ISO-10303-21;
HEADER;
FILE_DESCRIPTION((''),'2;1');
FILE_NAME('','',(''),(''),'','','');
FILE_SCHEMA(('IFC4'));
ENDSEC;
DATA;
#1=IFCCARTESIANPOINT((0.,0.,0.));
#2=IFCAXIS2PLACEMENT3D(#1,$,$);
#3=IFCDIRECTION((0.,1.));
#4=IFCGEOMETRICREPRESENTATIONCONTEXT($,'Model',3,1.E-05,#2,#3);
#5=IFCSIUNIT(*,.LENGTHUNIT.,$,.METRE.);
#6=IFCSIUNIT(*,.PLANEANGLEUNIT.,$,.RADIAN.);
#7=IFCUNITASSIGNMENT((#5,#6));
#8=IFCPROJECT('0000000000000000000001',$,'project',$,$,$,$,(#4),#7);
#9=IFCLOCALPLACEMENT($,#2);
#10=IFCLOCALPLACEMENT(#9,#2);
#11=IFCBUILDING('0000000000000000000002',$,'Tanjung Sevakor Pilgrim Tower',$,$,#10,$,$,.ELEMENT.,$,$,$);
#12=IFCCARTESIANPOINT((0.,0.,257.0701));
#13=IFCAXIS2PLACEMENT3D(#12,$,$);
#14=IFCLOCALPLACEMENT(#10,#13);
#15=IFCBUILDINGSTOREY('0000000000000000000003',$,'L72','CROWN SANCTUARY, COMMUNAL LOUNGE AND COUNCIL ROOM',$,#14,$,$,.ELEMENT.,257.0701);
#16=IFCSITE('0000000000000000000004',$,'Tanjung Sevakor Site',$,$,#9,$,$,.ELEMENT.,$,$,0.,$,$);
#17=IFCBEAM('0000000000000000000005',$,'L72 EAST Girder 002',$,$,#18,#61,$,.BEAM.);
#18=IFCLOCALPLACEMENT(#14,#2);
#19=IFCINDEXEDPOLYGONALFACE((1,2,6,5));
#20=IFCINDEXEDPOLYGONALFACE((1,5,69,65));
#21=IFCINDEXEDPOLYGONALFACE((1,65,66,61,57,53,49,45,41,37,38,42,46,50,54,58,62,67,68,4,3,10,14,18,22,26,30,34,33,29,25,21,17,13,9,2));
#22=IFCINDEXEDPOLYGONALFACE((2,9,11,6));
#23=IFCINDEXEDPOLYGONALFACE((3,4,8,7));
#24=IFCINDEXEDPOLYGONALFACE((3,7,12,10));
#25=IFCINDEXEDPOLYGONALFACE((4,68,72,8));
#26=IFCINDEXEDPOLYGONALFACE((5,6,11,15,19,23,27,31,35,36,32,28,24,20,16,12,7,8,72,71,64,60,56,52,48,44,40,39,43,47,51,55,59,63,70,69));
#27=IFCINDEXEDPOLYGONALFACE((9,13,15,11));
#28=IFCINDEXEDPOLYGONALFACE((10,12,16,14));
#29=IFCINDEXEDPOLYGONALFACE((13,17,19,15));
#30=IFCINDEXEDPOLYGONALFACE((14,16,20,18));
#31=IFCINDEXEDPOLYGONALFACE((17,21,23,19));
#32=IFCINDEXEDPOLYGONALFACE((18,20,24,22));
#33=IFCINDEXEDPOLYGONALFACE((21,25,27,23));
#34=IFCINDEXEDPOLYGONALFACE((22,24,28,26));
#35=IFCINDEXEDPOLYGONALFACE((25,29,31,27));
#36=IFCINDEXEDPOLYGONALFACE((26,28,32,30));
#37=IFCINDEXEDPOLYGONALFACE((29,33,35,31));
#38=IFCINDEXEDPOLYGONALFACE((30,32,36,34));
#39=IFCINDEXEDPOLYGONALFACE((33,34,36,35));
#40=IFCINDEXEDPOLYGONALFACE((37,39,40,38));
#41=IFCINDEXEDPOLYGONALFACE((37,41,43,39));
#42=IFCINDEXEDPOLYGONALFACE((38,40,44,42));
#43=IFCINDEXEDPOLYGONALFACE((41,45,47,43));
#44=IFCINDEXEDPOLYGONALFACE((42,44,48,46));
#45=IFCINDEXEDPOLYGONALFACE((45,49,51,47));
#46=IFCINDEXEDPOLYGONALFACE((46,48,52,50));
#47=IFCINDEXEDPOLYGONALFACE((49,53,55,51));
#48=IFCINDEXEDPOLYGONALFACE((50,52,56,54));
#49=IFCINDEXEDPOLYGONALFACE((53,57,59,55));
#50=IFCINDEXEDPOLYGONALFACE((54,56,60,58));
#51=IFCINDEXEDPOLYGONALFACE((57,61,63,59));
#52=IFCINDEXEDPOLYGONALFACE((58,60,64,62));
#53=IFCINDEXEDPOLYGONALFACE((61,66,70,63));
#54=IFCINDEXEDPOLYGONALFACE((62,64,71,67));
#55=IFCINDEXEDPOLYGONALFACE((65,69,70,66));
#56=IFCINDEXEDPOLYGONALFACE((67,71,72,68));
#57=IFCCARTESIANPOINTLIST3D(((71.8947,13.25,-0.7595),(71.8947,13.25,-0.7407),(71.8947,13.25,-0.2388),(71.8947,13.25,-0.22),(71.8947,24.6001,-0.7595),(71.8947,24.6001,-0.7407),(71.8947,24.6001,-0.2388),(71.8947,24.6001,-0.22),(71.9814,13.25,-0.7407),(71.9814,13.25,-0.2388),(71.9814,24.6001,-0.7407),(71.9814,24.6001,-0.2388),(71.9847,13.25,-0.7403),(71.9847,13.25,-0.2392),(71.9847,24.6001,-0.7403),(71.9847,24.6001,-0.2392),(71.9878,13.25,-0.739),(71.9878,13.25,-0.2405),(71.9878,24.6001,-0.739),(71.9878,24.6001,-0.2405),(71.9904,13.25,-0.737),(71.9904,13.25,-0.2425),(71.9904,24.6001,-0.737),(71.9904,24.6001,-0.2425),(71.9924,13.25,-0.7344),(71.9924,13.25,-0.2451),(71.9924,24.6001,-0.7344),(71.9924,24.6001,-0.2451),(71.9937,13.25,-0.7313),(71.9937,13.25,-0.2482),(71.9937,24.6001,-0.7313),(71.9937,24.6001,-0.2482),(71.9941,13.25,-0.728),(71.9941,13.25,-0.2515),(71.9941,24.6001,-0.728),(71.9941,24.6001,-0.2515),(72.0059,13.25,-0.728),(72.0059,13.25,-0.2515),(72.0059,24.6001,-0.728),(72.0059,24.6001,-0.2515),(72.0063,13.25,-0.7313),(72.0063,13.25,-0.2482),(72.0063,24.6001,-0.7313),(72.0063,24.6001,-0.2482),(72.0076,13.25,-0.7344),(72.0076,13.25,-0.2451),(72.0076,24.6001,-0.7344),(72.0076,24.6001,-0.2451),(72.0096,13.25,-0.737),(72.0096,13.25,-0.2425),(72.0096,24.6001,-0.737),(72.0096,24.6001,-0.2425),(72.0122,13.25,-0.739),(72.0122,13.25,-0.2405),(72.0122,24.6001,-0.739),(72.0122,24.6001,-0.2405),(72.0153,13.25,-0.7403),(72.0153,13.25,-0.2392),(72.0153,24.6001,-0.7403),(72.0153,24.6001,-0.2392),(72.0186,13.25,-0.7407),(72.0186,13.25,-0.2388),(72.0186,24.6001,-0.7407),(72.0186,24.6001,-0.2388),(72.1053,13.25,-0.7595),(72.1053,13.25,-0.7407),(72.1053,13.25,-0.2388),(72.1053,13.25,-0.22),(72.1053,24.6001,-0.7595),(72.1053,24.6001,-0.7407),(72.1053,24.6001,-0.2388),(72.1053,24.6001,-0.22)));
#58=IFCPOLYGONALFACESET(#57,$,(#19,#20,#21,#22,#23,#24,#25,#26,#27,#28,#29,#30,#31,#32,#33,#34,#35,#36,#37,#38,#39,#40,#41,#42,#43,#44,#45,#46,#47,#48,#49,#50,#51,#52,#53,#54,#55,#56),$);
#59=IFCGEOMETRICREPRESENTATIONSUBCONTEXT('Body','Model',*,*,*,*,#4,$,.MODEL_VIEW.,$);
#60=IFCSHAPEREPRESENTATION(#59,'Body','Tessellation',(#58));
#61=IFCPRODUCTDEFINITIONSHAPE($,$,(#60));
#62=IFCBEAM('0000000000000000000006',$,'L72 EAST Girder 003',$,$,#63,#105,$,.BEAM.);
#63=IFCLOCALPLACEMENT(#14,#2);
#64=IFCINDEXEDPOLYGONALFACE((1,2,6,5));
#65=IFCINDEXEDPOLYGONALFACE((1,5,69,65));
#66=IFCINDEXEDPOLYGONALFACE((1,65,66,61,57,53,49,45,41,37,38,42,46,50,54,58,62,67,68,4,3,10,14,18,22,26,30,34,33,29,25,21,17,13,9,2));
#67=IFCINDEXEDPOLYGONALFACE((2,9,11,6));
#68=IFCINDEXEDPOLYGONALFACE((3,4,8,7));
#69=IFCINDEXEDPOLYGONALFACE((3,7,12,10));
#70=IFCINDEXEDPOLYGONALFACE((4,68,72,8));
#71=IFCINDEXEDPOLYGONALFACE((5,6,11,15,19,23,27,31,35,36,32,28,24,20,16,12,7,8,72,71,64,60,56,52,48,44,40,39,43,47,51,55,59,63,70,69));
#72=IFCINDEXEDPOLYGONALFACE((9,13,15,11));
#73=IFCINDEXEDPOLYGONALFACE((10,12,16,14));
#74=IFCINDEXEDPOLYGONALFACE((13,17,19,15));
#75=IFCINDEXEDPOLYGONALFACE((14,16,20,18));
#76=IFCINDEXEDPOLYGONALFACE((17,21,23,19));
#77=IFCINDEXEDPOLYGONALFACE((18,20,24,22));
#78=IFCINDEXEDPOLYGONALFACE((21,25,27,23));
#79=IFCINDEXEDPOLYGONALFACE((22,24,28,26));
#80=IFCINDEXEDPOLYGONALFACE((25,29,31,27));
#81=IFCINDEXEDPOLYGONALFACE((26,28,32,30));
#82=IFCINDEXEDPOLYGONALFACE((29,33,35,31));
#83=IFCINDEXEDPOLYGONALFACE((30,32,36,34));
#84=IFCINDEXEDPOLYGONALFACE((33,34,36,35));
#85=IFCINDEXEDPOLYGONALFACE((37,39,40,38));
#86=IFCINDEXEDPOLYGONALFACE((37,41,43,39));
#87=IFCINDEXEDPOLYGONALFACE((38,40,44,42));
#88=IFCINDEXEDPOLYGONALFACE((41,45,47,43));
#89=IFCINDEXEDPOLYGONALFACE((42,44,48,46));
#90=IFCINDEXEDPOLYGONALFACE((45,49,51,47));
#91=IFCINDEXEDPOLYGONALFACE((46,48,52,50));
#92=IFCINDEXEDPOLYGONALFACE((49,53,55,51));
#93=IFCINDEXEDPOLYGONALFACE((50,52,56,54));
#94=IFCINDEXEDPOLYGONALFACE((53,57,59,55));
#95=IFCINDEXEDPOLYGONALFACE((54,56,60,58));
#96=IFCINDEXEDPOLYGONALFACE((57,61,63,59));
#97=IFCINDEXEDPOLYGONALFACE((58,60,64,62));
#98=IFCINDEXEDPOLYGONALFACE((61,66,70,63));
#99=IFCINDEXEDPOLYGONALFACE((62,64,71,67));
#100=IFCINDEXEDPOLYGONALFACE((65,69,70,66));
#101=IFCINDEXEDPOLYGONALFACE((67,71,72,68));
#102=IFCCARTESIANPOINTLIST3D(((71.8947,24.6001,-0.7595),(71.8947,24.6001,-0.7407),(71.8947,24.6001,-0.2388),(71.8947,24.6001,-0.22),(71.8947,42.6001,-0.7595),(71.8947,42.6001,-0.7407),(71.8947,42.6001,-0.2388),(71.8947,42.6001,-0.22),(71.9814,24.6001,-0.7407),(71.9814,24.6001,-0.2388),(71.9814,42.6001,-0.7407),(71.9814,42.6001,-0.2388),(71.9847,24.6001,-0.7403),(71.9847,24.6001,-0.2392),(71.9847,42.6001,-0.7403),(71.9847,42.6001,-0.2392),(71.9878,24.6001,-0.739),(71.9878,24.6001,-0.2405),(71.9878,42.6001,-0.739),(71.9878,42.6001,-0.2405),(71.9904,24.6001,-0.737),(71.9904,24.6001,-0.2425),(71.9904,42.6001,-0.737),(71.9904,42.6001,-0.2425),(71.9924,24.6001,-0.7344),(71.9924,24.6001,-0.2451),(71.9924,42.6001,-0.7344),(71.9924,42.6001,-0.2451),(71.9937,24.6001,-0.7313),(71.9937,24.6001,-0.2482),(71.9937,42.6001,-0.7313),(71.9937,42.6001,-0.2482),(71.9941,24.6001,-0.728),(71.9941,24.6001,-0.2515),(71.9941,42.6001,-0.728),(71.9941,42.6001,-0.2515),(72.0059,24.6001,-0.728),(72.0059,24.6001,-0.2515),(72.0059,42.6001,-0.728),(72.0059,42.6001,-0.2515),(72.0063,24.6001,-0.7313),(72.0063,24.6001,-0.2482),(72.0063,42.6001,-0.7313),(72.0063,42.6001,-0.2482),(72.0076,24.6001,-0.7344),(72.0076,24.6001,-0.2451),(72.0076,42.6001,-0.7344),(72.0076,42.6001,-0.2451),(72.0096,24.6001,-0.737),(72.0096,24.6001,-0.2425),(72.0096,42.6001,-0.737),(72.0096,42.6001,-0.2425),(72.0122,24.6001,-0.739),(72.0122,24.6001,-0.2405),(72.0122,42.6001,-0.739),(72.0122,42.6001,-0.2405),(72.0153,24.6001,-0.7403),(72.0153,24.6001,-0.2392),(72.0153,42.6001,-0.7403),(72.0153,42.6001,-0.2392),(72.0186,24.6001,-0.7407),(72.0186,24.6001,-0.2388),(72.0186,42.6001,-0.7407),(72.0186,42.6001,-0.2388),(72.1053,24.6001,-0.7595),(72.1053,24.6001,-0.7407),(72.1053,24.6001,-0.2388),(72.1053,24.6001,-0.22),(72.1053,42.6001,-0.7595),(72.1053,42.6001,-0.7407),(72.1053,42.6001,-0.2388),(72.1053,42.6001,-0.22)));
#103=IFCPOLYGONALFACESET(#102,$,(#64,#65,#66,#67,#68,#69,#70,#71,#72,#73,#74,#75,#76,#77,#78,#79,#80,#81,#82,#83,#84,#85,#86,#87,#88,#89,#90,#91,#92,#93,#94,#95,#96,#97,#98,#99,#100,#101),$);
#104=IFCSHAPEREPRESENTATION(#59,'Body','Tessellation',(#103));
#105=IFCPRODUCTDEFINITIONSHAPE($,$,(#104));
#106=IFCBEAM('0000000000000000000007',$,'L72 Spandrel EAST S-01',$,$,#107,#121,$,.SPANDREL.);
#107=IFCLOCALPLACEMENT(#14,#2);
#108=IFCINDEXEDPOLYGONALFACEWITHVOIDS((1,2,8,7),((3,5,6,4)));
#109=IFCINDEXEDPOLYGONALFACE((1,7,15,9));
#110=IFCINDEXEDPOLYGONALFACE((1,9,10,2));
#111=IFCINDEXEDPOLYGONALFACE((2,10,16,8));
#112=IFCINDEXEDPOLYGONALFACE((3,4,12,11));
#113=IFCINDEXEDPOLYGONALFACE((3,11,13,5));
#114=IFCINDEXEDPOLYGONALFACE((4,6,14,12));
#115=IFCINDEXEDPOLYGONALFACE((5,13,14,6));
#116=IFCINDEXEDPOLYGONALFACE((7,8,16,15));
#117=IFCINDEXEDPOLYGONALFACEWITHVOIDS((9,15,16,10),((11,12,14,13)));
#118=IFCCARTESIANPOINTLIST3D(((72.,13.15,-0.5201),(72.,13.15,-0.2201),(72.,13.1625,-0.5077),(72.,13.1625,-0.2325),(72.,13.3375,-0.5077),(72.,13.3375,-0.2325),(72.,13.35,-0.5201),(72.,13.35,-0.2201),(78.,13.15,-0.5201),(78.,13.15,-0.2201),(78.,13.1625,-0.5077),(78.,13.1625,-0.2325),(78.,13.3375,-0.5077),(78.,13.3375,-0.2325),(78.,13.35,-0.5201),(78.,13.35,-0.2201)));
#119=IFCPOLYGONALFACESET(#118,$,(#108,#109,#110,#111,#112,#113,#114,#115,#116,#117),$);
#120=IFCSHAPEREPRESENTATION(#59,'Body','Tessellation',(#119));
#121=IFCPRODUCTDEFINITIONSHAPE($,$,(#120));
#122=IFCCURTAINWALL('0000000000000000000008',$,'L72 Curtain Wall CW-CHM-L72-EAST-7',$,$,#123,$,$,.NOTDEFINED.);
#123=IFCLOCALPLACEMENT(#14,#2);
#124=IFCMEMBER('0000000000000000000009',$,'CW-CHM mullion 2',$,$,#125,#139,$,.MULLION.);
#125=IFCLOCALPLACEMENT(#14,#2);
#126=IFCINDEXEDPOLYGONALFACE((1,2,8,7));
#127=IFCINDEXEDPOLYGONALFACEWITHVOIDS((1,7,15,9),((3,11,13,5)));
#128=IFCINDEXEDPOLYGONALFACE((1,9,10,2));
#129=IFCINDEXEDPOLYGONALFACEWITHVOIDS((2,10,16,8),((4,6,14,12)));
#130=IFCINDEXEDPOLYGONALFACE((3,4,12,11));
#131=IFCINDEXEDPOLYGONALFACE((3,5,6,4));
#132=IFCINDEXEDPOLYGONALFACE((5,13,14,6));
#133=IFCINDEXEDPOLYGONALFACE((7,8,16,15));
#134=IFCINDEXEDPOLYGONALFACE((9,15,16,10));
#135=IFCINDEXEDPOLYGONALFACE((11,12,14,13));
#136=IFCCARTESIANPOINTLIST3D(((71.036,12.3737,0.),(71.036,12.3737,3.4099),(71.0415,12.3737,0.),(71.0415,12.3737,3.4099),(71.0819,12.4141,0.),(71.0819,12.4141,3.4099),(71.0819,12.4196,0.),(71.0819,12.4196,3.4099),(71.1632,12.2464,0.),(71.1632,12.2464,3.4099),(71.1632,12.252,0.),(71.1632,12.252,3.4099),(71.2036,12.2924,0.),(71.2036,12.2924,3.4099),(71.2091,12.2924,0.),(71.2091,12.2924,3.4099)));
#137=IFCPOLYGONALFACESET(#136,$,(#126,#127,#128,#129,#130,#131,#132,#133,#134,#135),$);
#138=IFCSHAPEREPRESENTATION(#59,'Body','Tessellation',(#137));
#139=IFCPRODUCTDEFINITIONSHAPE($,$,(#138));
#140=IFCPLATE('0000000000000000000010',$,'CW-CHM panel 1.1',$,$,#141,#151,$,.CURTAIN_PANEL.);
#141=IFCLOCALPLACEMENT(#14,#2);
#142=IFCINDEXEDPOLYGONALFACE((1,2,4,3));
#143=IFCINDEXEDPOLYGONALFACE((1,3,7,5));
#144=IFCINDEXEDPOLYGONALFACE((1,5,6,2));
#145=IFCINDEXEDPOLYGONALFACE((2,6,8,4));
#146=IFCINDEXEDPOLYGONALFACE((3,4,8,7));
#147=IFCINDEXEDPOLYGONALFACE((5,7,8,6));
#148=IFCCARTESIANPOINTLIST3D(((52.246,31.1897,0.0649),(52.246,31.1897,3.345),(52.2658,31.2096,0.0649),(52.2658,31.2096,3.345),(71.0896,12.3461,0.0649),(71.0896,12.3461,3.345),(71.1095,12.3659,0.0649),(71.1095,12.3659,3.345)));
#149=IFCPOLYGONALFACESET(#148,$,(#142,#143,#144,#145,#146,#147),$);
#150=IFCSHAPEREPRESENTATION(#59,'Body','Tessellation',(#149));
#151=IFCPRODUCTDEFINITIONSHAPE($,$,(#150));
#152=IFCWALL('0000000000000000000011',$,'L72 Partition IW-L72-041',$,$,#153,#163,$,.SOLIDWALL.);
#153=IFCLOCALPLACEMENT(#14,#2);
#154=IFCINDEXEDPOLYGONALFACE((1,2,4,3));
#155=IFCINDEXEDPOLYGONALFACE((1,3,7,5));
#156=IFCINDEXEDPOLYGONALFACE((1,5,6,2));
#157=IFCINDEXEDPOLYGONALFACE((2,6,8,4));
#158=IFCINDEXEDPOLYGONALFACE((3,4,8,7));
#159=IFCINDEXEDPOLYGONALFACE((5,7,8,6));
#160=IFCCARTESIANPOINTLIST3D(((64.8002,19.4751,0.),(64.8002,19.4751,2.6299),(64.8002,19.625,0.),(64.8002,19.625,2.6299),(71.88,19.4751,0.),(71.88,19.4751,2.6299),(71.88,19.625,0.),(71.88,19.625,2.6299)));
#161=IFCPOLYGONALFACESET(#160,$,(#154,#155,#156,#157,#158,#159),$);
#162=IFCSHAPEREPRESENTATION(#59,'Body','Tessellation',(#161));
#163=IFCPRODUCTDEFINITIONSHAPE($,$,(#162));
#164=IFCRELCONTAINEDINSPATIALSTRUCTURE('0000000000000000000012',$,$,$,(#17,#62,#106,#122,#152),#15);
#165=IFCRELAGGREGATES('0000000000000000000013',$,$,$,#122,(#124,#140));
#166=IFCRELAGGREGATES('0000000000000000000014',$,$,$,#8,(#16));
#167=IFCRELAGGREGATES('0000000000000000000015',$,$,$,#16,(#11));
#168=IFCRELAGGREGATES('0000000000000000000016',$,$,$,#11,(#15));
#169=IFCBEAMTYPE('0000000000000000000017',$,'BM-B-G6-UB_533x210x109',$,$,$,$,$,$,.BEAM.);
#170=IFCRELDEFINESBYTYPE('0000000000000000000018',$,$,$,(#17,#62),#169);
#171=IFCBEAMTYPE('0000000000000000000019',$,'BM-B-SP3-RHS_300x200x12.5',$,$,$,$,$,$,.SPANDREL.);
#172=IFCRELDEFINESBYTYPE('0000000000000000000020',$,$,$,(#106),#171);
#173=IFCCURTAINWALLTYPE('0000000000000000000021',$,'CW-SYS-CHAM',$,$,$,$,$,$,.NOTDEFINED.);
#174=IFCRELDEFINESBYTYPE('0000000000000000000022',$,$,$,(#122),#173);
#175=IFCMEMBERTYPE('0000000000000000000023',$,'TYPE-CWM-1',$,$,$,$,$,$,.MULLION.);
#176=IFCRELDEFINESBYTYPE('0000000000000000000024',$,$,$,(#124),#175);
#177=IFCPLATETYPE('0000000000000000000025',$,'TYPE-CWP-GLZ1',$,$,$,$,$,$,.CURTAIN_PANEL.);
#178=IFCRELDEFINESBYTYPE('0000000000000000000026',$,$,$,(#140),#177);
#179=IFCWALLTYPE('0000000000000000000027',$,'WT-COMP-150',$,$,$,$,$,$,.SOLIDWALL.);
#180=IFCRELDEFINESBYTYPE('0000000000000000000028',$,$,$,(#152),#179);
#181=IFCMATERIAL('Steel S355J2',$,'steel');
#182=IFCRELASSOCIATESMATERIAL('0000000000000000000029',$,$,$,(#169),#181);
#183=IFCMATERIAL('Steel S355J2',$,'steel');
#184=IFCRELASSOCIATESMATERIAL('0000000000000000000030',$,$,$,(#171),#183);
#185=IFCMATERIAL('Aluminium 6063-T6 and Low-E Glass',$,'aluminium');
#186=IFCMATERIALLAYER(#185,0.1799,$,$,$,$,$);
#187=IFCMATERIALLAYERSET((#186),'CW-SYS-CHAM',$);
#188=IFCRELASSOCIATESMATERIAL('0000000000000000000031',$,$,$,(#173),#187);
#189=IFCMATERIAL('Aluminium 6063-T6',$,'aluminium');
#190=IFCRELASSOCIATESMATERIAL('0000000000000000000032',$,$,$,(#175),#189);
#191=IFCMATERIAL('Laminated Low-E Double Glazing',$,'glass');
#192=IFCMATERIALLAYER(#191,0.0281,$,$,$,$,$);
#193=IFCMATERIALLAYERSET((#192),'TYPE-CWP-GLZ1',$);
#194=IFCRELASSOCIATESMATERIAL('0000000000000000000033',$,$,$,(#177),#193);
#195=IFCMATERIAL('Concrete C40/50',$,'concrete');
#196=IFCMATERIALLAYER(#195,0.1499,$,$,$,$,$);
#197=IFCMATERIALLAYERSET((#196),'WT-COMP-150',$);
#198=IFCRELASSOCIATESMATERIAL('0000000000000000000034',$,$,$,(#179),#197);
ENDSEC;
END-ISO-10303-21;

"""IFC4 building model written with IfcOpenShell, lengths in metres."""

from ifc_helpers import new_model, si_unit, direction, frame, frame_2d, origin, origin_2d, place, context, subcontext, project, spatial, rectangle, hollow_rectangle, i_section, extrude, material, layer, layer_set, material_profile, profile_set, type_object, element, aggregate, save


model = new_model("IFC4")

# Units and contexts
model_context = context("Model", 3, precision=1e-05, world=origin(), true_north=direction((0.0, 1.0)))
body_context = subcontext(model_context, "Body", "Model", "MODEL_VIEW")
ifc_project = project(units=[si_unit("LENGTHUNIT", "METRE"), si_unit("PLANEANGLEUNIT", "RADIAN")], contexts=[model_context])

# Site, building, storey
site_placement = place(None, origin())
site = spatial("IfcSite", under=ifc_project, at=site_placement, Name="Tanjung Sevakor Site", CompositionType="ELEMENT", RefElevation=0.0)
building_placement = place(site_placement, origin())
building = spatial("IfcBuilding", under=site, at=building_placement, Name="Tanjung Sevakor Pilgrim Tower", CompositionType="ELEMENT")
storey_placement = place(building_placement, frame((0.0, 0.0, 257.0701)))
storey = spatial("IfcBuildingStorey", under=building, at=storey_placement, Name="L72", Description="CROWN SANCTUARY, COMMUNAL LOUNGE AND COUNCIL ROOM", CompositionType="ELEMENT", Elevation=257.0701)

# Beams
ifc_material_1 = material(Name="Steel S355J2", Category="steel")
ifc_material_profile_1 = material_profile(ifc_material_1, i_section(OverallWidth=0.2107, OverallDepth=0.5396, WebThickness=0.0117, FlangeThickness=0.0188, FilletRadius=0.0127, at=origin_2d()))
ifc_profile_set_1 = profile_set([ifc_material_profile_1], Name="Steel S355J2")
beam_type_1 = type_object("IfcBeamType", Name="BM-B-G6-UB_533x210x109", PredefinedType="BEAM", material=ifc_profile_set_1)
beam_1_placement = place(storey_placement, frame((72.0, 13.25, -0.4897), z_axis=(0.0, 1.0, 0.0), x_axis=(-1.0, 0.0, 0.0)))
element("IfcBeam", 1, at=beam_1_placement, inside=storey, type_object=beam_type_1, Name="L72 EAST Girder 002", PredefinedType="BEAM", context=body_context, shape_type="SweptSolid", body=[
    extrude(i_section(OverallWidth=0.2107, OverallDepth=0.5396, WebThickness=0.0117, FlangeThickness=0.0188, FilletRadius=0.0127, at=origin_2d()), origin(), (0.0, 0.0, 1.0), 11.3501),
])
beam_2_placement = place(storey_placement, frame((72.0, 24.6001, -0.4897), z_axis=(0.0, 1.0, 0.0), x_axis=(-1.0, 0.0, 0.0)))
element("IfcBeam", 2, at=beam_2_placement, inside=storey, type_object=beam_type_1, Name="L72 EAST Girder 003", PredefinedType="BEAM", context=body_context, shape_type="SweptSolid", body=[
    extrude(i_section(OverallWidth=0.2107, OverallDepth=0.5396, WebThickness=0.0117, FlangeThickness=0.0188, FilletRadius=0.0127, at=origin_2d()), origin(), (0.0, 0.0, 1.0), 18.0),
])
ifc_material_2 = material(Name="Steel S355J2", Category="steel")
ifc_material_profile_2 = material_profile(ifc_material_2, hollow_rectangle(XDim=0.2, YDim=0.3, WallThickness=0.0125, at=origin_2d()))
ifc_profile_set_2 = profile_set([ifc_material_profile_2], Name="Steel S355J2")
beam_type_2 = type_object("IfcBeamType", Name="BM-B-SP3-RHS_300x200x12.5", PredefinedType="SPANDREL", material=ifc_profile_set_2)
beam_3_placement = place(storey_placement, frame((72.0, 13.25, -0.3701), z_axis=(1.0, 0.0, 0.0), x_axis=(0.0, 1.0, 0.0)))
element("IfcBeam", 3, at=beam_3_placement, inside=storey, type_object=beam_type_2, Name="L72 Spandrel EAST S-01", PredefinedType="SPANDREL", context=body_context, shape_type="SweptSolid", body=[
    extrude(hollow_rectangle(XDim=0.2, YDim=0.3, WallThickness=0.0125, at=origin_2d()), origin(), (0.0, 0.0, 1.0), 6.0),
])

# Curtain wall, member, plate
ifc_material_3 = material(Name="Aluminium 6063-T6 and Low-E Glass", Category="aluminium")
ifc_layer_1 = layer(ifc_material_3, 0.1799)
ifc_layer_set_1 = layer_set([ifc_layer_1], Name="CW-SYS-CHAM")
curtain_wall_type = type_object("IfcCurtainWallType", Name="CW-SYS-CHAM", PredefinedType="NOTDEFINED", material=ifc_layer_set_1)
curtain_wall_placement = place(storey_placement, origin())
curtain_wall = element("IfcCurtainWall", 4, at=curtain_wall_placement, inside=storey, type_object=curtain_wall_type, Name="L72 Curtain Wall CW-CHM-L72-EAST-7", PredefinedType="NOTDEFINED")
ifc_material_4 = material(Name="Aluminium 6063-T6", Category="aluminium")
ifc_material_profile_3 = material_profile(ifc_material_4, hollow_rectangle(XDim=0.0649, YDim=0.1799, WallThickness=0.0039, at=origin_2d()))
ifc_profile_set_3 = profile_set([ifc_material_profile_3], Name="Aluminium 6063-T6")
member_type = type_object("IfcMemberType", Name="TYPE-CWM-1", PredefinedType="MULLION", material=ifc_profile_set_3)
member_placement = place(storey_placement, frame((71.1226, 12.333, 0.0), z_axis=(0.0, 0.0, 1.0), x_axis=(0.707107, 0.707107, 0.0)))
member = element("IfcMember", 5, at=member_placement, type_object=member_type, Name="CW-CHM mullion 2", PredefinedType="MULLION", context=body_context, shape_type="SweptSolid", body=[
    extrude(hollow_rectangle(XDim=0.0649, YDim=0.1799, WallThickness=0.0039, at=origin_2d()), origin(), (0.0, 0.0, 1.0), 3.4099),
])
ifc_material_5 = material(Name="Laminated Low-E Double Glazing", Category="glass")
ifc_layer_2 = layer(ifc_material_5, 0.0281)
ifc_layer_set_2 = layer_set([ifc_layer_2], Name="TYPE-CWP-GLZ1")
plate_type = type_object("IfcPlateType", Name="TYPE-CWP-GLZ1", PredefinedType="CURTAIN_PANEL", material=ifc_layer_set_2)
plate_placement = place(storey_placement, frame((61.6777, 21.7778, 0.0649), z_axis=(0.0, 0.0, 1.0), x_axis=(0.707107, -0.707107, 0.0)))
plate = element("IfcPlate", 6, at=plate_placement, type_object=plate_type, Name="CW-CHM panel 1.1", PredefinedType="CURTAIN_PANEL", context=body_context, shape_type="SweptSolid", body=[
    extrude(rectangle(XDim=26.6489, YDim=0.0281, at=origin_2d()), origin(), (0.0, 0.0, 1.0), 3.28),
])
aggregate(curtain_wall, [member, plate])

# Wall
ifc_material_6 = material(Name="Concrete C40/50", Category="concrete")
ifc_layer_3 = layer(ifc_material_6, 0.1499)
ifc_layer_set_3 = layer_set([ifc_layer_3], Name="WT-COMP-150")
wall_type_1 = type_object("IfcWallType", Name="WT-COMP-150", PredefinedType="SOLIDWALL", material=ifc_layer_set_3)
wall_1_placement = place(storey_placement, frame((64.8, 19.55, 0.0), z_axis=(0.0, 0.0, 1.0), x_axis=(1.0, 0.0, 0.0)))
element("IfcWall", 7, at=wall_1_placement, inside=storey, type_object=wall_type_1, Name="L72 Partition IW-L72-041", PredefinedType="SOLIDWALL", context=body_context, shape_type="SweptSolid", body=[
    extrude(rectangle(XDim=7.0798, YDim=0.1499, at=frame_2d((3.54, 0.0))), origin(), (0.0, 0.0, 1.0), 2.6299),
])

save(model, "model.ifc")
